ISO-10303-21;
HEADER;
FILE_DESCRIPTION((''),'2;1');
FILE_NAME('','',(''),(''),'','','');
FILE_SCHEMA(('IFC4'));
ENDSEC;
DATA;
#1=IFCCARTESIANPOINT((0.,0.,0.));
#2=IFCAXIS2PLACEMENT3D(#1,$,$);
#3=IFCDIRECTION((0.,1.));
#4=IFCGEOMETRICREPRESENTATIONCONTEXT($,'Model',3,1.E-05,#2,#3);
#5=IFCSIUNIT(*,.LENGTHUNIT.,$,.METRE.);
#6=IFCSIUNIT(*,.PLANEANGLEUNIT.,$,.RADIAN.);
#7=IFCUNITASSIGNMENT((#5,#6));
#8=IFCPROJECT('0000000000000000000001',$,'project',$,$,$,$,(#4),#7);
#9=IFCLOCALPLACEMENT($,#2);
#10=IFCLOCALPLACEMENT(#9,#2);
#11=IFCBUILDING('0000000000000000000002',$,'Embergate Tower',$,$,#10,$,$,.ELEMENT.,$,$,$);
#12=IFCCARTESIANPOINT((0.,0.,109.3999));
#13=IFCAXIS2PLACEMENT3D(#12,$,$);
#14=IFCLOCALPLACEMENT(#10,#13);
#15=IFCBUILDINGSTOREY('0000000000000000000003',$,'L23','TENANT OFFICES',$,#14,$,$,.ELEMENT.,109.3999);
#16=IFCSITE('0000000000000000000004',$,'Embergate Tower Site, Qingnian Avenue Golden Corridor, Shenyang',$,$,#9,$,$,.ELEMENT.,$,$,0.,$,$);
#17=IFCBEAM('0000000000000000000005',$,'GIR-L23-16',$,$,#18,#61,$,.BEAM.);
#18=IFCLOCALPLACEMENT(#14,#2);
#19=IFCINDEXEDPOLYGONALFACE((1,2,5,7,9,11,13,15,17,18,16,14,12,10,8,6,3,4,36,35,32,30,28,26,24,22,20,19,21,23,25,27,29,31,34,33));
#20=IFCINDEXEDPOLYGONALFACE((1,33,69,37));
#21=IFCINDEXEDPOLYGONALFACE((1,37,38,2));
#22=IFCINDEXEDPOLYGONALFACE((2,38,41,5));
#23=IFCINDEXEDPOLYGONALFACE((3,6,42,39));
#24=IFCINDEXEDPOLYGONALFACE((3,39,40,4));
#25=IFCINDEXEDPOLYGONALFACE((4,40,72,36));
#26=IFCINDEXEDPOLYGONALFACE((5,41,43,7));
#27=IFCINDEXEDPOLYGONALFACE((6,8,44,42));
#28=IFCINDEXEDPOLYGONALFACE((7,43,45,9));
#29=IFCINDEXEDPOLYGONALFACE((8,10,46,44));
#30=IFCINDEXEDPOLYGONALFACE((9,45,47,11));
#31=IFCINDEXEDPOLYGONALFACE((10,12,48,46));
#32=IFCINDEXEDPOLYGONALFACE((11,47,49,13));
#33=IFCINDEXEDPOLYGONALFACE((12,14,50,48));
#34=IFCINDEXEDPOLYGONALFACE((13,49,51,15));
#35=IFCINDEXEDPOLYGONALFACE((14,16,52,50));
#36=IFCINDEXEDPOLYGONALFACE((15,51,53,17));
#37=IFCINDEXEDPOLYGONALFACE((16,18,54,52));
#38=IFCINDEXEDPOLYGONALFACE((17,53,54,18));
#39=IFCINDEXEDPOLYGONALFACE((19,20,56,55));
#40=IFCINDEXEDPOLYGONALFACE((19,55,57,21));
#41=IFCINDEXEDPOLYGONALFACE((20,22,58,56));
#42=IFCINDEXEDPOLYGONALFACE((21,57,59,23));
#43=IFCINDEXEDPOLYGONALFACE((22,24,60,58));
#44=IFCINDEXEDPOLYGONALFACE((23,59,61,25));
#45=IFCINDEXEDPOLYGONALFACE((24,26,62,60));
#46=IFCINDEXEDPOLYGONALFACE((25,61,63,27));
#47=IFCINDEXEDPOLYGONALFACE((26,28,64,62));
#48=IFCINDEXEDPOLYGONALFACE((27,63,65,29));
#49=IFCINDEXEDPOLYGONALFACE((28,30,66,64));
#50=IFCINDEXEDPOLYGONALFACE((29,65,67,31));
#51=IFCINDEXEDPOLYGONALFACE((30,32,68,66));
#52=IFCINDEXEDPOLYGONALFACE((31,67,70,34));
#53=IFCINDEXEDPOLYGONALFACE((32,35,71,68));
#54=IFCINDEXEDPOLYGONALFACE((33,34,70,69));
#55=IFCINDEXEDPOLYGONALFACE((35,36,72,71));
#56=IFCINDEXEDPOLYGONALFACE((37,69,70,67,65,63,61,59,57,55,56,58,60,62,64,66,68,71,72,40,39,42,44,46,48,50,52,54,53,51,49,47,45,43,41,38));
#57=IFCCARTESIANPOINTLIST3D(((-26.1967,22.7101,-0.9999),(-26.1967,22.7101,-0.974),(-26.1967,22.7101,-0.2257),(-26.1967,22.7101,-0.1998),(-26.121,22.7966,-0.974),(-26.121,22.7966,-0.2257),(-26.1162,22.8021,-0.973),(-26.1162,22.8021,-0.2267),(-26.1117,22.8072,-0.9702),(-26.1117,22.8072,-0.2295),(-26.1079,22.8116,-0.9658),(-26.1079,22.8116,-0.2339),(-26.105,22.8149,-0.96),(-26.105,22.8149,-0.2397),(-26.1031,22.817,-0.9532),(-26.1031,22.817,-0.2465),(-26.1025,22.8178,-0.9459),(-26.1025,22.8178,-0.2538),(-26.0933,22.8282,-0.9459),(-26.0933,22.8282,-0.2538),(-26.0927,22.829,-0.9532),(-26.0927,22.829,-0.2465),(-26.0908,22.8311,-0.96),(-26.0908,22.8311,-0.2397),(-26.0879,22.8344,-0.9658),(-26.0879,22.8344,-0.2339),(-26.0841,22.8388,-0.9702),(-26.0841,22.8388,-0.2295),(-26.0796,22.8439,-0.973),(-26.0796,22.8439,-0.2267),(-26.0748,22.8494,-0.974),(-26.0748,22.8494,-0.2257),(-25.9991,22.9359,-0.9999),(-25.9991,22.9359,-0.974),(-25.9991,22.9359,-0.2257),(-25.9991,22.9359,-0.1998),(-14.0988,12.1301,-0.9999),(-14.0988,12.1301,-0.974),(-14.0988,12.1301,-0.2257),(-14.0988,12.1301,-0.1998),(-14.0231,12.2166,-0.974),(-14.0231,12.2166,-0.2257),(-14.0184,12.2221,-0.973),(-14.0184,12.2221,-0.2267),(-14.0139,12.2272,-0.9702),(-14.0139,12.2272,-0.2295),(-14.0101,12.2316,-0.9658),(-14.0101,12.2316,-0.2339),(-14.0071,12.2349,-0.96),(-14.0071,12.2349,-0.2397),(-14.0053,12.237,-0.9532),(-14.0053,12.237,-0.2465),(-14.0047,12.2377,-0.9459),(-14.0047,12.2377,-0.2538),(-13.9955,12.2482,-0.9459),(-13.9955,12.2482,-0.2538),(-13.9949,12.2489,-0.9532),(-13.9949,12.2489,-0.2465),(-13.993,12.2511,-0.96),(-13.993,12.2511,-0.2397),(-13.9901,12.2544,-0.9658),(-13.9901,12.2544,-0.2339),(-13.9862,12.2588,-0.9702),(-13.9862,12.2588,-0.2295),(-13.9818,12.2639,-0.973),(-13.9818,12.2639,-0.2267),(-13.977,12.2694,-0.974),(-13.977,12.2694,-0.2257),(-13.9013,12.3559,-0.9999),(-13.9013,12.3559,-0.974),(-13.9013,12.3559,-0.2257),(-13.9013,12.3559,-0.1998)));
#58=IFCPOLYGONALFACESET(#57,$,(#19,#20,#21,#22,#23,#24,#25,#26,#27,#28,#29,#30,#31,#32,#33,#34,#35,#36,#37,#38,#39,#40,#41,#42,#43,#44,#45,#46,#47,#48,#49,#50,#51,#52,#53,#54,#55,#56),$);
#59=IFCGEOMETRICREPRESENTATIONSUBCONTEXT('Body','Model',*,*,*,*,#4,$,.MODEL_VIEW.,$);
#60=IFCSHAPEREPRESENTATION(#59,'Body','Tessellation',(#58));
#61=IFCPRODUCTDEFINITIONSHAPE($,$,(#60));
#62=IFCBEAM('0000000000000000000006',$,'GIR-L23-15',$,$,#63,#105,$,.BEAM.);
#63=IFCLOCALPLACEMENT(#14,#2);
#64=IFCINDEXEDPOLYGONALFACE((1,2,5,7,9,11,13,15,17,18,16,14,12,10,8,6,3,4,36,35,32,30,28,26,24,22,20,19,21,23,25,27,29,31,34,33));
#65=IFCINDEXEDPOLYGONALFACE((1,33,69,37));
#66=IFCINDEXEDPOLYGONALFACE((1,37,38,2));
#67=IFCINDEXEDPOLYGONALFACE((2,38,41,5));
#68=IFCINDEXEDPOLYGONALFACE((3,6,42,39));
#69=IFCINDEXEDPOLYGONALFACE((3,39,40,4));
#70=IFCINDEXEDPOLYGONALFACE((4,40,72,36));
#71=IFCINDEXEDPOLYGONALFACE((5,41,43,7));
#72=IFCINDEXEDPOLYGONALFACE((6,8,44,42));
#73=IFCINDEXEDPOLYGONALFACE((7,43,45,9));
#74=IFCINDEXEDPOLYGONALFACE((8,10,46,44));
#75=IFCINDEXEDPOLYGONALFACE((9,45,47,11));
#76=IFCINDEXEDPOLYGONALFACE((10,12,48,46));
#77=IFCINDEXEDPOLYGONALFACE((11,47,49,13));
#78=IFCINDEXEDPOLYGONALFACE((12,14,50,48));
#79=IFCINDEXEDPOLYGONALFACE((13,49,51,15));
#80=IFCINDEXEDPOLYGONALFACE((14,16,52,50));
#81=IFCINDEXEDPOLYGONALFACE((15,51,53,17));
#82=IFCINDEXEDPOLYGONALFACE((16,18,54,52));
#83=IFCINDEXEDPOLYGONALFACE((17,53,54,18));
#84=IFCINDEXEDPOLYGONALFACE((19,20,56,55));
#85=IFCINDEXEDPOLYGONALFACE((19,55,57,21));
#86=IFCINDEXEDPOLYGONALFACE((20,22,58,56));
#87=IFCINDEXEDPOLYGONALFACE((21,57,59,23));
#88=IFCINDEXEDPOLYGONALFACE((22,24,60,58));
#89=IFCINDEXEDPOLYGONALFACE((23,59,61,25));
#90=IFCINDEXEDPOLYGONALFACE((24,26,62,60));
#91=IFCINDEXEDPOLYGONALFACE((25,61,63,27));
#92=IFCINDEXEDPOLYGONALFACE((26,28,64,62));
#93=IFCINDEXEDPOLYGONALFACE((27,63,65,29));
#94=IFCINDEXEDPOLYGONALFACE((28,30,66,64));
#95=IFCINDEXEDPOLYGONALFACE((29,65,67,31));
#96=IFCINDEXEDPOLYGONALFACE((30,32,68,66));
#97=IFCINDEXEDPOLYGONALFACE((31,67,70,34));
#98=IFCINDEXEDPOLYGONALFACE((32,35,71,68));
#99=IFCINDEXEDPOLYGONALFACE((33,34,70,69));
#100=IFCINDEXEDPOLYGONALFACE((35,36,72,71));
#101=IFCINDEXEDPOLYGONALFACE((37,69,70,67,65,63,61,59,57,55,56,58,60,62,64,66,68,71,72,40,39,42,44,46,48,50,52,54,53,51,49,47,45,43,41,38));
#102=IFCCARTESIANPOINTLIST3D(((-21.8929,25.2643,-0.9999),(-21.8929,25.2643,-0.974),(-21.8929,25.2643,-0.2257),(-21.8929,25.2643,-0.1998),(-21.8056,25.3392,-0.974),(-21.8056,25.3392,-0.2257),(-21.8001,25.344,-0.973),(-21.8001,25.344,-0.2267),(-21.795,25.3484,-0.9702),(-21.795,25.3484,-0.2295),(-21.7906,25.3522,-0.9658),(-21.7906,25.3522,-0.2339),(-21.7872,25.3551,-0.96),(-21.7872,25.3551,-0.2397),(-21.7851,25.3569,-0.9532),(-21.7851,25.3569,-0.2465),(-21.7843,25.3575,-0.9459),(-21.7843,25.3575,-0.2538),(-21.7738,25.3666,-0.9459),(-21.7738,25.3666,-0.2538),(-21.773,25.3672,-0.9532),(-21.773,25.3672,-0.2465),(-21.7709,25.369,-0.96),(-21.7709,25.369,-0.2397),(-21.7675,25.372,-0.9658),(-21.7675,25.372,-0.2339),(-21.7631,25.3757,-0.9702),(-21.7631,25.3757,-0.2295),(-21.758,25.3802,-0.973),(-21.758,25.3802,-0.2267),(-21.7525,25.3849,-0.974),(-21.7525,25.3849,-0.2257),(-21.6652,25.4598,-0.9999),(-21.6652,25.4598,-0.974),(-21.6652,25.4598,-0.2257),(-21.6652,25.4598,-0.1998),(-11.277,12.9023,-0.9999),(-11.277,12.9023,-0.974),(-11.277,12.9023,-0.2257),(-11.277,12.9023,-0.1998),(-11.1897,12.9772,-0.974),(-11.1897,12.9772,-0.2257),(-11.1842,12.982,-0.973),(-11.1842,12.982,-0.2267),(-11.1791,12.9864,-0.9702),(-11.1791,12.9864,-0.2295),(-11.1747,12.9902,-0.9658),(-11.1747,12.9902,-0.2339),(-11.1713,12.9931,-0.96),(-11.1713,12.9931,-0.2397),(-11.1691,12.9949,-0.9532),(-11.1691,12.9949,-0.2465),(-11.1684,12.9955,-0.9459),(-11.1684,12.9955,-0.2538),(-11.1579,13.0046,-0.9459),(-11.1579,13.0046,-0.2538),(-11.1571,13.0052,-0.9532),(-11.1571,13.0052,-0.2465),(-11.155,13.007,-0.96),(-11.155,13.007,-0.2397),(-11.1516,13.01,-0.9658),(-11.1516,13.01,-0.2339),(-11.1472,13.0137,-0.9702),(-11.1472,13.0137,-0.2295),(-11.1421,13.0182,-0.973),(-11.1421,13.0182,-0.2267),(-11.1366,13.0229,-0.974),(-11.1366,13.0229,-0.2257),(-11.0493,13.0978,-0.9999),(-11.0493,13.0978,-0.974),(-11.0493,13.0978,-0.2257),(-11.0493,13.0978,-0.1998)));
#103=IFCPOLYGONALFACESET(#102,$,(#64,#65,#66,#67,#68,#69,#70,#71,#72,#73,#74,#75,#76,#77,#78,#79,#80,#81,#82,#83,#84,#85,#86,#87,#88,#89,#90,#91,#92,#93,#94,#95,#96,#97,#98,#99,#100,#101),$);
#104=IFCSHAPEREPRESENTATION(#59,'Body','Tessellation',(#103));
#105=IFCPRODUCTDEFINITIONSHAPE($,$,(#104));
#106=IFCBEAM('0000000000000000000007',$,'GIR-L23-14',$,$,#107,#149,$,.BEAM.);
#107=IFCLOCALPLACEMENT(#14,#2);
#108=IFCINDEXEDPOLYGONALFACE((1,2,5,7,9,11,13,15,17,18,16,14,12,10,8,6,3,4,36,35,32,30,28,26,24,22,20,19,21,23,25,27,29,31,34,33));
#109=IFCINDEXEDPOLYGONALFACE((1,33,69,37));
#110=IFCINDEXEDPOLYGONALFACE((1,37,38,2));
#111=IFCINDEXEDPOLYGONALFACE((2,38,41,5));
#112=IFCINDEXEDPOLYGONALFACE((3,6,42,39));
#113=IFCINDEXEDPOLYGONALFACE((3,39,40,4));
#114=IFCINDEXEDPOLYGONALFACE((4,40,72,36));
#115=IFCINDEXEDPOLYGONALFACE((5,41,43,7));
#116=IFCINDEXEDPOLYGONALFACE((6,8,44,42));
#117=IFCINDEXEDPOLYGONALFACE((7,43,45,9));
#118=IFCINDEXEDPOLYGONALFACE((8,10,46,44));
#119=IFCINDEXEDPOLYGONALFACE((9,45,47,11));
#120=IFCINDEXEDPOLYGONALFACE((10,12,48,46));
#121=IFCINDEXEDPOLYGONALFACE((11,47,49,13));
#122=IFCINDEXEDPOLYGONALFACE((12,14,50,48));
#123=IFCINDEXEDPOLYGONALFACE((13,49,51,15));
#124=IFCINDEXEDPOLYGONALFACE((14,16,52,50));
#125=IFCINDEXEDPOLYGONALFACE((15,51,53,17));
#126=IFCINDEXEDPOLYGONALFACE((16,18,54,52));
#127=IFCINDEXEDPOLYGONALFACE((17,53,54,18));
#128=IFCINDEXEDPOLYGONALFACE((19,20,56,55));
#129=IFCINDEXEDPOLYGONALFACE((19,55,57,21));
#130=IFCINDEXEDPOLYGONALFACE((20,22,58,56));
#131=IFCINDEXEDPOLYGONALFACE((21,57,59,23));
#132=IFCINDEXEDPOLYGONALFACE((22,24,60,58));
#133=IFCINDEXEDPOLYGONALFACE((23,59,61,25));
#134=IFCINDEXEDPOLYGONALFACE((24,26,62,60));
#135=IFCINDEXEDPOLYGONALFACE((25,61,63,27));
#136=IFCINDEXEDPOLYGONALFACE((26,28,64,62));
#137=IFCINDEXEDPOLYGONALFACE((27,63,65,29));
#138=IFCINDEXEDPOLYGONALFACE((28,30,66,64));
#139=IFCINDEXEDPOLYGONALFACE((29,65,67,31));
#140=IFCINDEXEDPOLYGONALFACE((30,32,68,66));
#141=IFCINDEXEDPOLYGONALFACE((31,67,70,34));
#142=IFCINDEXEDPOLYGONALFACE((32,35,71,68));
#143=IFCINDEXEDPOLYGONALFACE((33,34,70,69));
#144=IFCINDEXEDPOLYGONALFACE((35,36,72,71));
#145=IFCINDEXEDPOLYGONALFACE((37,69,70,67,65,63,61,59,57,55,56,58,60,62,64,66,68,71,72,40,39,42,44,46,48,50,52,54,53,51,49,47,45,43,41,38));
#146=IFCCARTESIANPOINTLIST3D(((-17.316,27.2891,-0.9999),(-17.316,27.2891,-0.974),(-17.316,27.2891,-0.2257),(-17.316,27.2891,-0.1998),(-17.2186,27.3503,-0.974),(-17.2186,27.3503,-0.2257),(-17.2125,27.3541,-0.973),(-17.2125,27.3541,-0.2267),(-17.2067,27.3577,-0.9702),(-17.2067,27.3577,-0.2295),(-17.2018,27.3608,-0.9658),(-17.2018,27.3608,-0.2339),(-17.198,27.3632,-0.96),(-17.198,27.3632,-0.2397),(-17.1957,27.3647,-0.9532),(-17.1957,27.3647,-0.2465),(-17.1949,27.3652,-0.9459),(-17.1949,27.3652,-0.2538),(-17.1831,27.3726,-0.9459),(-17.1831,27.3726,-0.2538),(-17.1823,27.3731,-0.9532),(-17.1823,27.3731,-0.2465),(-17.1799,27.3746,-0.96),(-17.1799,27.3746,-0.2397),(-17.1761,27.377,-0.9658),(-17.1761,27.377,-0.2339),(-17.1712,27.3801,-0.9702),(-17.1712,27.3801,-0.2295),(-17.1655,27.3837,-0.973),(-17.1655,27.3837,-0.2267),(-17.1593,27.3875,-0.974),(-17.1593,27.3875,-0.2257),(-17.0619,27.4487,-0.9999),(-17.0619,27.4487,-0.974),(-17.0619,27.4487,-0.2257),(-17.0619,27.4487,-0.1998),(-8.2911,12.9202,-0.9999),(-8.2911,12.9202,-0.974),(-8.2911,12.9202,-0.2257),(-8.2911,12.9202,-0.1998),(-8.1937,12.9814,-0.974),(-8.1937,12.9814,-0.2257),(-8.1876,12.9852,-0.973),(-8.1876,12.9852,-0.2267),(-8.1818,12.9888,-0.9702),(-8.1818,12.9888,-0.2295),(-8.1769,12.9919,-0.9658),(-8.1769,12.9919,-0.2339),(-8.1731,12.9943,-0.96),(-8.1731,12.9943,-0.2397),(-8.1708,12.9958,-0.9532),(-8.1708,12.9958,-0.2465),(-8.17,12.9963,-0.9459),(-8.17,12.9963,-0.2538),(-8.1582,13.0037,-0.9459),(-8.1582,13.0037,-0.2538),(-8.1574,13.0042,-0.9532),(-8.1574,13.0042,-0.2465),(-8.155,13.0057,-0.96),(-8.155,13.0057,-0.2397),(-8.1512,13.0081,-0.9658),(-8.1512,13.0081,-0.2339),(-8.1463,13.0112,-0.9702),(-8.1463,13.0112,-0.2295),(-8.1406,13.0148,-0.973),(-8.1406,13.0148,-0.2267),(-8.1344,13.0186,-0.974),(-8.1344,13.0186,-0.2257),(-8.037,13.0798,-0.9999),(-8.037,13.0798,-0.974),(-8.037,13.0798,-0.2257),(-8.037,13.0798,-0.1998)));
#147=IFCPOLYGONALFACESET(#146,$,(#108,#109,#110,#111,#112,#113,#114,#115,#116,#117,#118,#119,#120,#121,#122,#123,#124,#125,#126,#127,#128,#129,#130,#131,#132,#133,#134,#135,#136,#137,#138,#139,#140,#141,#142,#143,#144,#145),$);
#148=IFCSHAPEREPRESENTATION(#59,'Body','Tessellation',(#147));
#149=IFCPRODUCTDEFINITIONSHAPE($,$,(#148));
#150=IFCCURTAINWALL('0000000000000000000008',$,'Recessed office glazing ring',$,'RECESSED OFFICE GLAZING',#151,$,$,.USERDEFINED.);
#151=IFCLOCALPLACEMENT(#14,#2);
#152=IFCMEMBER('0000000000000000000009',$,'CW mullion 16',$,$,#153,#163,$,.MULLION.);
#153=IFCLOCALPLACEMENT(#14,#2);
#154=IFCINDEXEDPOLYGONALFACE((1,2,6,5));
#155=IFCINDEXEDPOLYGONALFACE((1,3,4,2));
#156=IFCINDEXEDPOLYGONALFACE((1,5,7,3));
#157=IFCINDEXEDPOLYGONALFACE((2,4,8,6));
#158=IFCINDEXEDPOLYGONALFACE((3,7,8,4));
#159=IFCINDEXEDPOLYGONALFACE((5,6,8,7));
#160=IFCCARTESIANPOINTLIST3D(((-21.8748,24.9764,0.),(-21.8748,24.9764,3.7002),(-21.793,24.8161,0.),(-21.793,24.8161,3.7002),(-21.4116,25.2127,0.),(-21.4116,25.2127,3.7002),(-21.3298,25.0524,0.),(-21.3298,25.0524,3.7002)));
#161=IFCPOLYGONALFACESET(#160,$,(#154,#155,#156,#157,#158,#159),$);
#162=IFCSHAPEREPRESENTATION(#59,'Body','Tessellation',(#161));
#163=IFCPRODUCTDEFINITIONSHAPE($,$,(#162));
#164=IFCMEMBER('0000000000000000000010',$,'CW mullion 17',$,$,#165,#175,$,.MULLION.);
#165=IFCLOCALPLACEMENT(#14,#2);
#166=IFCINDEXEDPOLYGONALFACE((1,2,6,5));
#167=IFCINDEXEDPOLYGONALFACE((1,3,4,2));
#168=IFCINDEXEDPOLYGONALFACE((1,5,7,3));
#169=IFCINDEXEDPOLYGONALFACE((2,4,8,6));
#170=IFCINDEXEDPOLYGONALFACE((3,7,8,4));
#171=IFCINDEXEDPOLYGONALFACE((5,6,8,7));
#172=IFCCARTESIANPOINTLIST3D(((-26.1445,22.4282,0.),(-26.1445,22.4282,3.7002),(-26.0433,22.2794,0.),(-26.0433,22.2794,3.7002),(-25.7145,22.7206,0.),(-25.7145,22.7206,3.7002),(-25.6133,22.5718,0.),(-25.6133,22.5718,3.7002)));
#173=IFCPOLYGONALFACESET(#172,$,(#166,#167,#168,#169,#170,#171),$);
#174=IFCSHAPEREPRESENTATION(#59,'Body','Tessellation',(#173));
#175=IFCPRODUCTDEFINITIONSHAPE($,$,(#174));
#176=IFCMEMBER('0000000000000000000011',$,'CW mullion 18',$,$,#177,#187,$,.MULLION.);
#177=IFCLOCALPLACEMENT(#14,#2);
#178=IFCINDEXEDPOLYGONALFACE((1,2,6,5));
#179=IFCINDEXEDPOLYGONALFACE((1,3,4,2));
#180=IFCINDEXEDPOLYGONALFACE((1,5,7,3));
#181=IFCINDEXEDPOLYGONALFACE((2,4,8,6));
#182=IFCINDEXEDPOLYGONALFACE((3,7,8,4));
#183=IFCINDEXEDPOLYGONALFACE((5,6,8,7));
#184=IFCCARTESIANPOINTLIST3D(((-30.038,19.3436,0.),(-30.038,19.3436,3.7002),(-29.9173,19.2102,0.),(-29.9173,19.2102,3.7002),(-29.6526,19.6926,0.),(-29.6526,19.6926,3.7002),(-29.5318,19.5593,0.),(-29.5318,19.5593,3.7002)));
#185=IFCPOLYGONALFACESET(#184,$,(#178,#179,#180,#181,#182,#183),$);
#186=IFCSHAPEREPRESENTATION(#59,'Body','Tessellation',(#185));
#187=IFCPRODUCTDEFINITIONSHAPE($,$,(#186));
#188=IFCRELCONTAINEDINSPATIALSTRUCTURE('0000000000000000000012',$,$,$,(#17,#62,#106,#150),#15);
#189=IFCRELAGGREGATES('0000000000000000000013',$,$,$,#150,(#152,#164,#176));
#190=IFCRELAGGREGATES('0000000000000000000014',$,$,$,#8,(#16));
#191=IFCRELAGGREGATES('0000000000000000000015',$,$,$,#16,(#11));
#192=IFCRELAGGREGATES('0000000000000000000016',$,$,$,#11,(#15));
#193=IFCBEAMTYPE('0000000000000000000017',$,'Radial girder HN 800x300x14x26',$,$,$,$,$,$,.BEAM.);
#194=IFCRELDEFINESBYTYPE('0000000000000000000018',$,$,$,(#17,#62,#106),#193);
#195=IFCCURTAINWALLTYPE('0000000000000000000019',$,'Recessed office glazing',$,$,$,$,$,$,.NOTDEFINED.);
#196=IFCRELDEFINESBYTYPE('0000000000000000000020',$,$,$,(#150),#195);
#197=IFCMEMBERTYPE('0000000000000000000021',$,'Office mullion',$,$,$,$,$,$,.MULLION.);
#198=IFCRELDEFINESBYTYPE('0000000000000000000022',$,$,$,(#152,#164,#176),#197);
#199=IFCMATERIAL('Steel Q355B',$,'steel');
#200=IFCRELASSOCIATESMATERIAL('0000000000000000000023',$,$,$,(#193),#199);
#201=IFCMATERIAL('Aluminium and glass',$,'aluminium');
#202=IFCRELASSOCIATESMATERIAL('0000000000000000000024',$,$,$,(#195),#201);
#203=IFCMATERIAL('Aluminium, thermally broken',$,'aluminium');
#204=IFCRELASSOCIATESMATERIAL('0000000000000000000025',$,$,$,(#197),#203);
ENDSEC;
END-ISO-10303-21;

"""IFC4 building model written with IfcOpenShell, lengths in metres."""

from ifc_helpers import new_model, si_unit, direction, frame, origin, origin_2d, place, context, subcontext, project, spatial, rectangle, i_section, extrude, source, transform, mapped, material, material_profile, profile_set, type_object, element, aggregate, save


model = new_model("IFC4")

# Units and contexts
model_context = context("Model", 3, precision=1e-05, world=origin(), true_north=direction((0.0, 1.0)))
body_context = subcontext(model_context, "Body", "Model", "MODEL_VIEW")
ifc_project = project(units=[si_unit("LENGTHUNIT", "METRE"), si_unit("PLANEANGLEUNIT", "RADIAN")], contexts=[model_context])

# Site, building, storey
site_placement = place(None, origin())
site = spatial("IfcSite", under=ifc_project, at=site_placement, Name="Embergate Tower Site, Qingnian Avenue Golden Corridor, Shenyang", CompositionType="ELEMENT", RefElevation=0.0)
building_placement = place(site_placement, origin())
building = spatial("IfcBuilding", under=site, at=building_placement, Name="Embergate Tower", CompositionType="ELEMENT")
storey_placement = place(building_placement, frame((0.0, 0.0, 109.3999)))
storey = spatial("IfcBuildingStorey", under=building, at=storey_placement, Name="L23", Description="TENANT OFFICES", CompositionType="ELEMENT", Elevation=109.3999)

# Beams
ifc_material_1 = material(Name="Steel Q355B", Category="steel")
ifc_material_profile_1 = material_profile(ifc_material_1, i_section(OverallWidth=0.3, OverallDepth=0.8, WebThickness=0.0139, FlangeThickness=0.0259, FilletRadius=0.0281, at=origin_2d()), Name="HN 800x300x14x26")
ifc_profile_set_1 = profile_set([ifc_material_profile_1], Name="Steel Q355 grade B")
beam_type_1 = type_object("IfcBeamType", Name="Radial girder HN 800x300x14x26", PredefinedType="BEAM", material=ifc_profile_set_1)
shared_shape_1 = source(origin(), body_context, "Body", "SweptSolid", [
    extrude(i_section(OverallWidth=0.3, OverallDepth=0.8, WebThickness=0.0139, FlangeThickness=0.0259, FilletRadius=0.0281, at=origin_2d()), origin(), (0.0, 0.0, 1.0), 16.0715),
])
beam_1_placement = place(storey_placement, frame((-26.0979, 22.823, -0.5999), z_axis=(0.752749, -0.658308, 0.0), x_axis=(0.658308, 0.752749, 0.0)))
element("IfcBeam", 1, at=beam_1_placement, inside=storey, type_object=beam_type_1, Name="GIR-L23-16", PredefinedType="BEAM", context=body_context, shape_type="MappedRepresentation", body=[
    mapped(shared_shape_1, transform((0.0, 0.0, 0.0))),
])
shared_shape_2 = source(origin(), body_context, "Body", "SweptSolid", [
    extrude(i_section(OverallWidth=0.3, OverallDepth=0.8, WebThickness=0.0139, FlangeThickness=0.0259, FilletRadius=0.0281, at=origin_2d()), origin(), (0.0, 0.0, 1.0), 16.2947),
])
beam_2_placement = place(storey_placement, frame((-21.7791, 25.3621, -0.5999), z_axis=(0.651496, -0.758652, 0.0), x_axis=(0.758652, 0.651496, 0.0)))
element("IfcBeam", 2, at=beam_2_placement, inside=storey, type_object=beam_type_1, Name="GIR-L23-15", PredefinedType="BEAM", context=body_context, shape_type="MappedRepresentation", body=[
    mapped(shared_shape_2, transform((0.0, 0.0, 0.0))),
])
shared_shape_3 = source(origin(), body_context, "Body", "SweptSolid", [
    extrude(i_section(OverallWidth=0.3, OverallDepth=0.8, WebThickness=0.0139, FlangeThickness=0.0259, FilletRadius=0.0281, at=origin_2d()), origin(), (0.0, 0.0, 1.0), 16.968),
])
beam_3_placement = place(storey_placement, frame((-17.189, 27.3689, -0.5999), z_axis=(0.531877, -0.846822, 0.0), x_axis=(0.846822, 0.531877, 0.0)))
element("IfcBeam", 3, at=beam_3_placement, inside=storey, type_object=beam_type_1, Name="GIR-L23-14", PredefinedType="BEAM", context=body_context, shape_type="MappedRepresentation", body=[
    mapped(shared_shape_3, transform((0.0, 0.0, 0.0))),
])

# Curtain wall, members
ifc_material_2 = material(Name="Aluminium and glass", Category="aluminium")
curtain_wall_type = type_object("IfcCurtainWallType", Name="Recessed office glazing", PredefinedType="NOTDEFINED", material=ifc_material_2)
curtain_wall_placement = place(storey_placement, origin())
curtain_wall = element("IfcCurtainWall", 4, at=curtain_wall_placement, inside=storey, type_object=curtain_wall_type, Name="Recessed office glazing ring", ObjectType="RECESSED OFFICE GLAZING", PredefinedType="USERDEFINED")
ifc_material_3 = material(Name="Aluminium, thermally broken", Category="aluminium")
ifc_material_profile_2 = material_profile(ifc_material_3, rectangle(XDim=0.1799, YDim=0.52, at=origin_2d()), Name="AL 520x180")
ifc_profile_set_2 = profile_set([ifc_material_profile_2], Name="Aluminium, thermally broken")
member_type_1 = type_object("IfcMemberType", Name="Office mullion", PredefinedType="MULLION", material=ifc_profile_set_2)
shared_shape_4 = source(origin(), body_context, "Body", "SweptSolid", [
    extrude(rectangle(XDim=0.1799, YDim=0.52, at=origin_2d()), origin(), (0.0, 0.0, 1.0), 3.7002),
])
member_1_placement = place(storey_placement, frame((-21.6023, 25.0144, 0.0), z_axis=(0.0, 0.0, 1.0), x_axis=(0.454521, -0.890736, 0.0)))
member_1 = element("IfcMember", 5, at=member_1_placement, type_object=member_type_1, Name="CW mullion 16", PredefinedType="MULLION", context=body_context, shape_type="MappedRepresentation", body=[
    mapped(shared_shape_4, transform((0.0, 0.0, 0.0))),
])
member_2_placement = place(storey_placement, frame((-25.8789, 22.5, 0.0), z_axis=(0.0, 0.0, 1.0), x_axis=(0.562228, -0.826982, 0.0)))
member_2 = element("IfcMember", 6, at=member_2_placement, type_object=member_type_1, Name="CW mullion 17", PredefinedType="MULLION", context=body_context, shape_type="MappedRepresentation", body=[
    mapped(shared_shape_4, transform((0.0, 0.0, 0.0))),
])
member_3_placement = place(storey_placement, frame((-29.7849, 19.4514, 0.0), z_axis=(0.0, 0.0, 1.0), x_axis=(0.671238, -0.741242, 0.0)))
member_3 = element("IfcMember", 7, at=member_3_placement, type_object=member_type_1, Name="CW mullion 18", PredefinedType="MULLION", context=body_context, shape_type="MappedRepresentation", body=[
    mapped(shared_shape_4, transform((0.0, 0.0, 0.0))),
])
aggregate(curtain_wall, [member_1, member_2, member_3])

save(model, "model.ifc")
